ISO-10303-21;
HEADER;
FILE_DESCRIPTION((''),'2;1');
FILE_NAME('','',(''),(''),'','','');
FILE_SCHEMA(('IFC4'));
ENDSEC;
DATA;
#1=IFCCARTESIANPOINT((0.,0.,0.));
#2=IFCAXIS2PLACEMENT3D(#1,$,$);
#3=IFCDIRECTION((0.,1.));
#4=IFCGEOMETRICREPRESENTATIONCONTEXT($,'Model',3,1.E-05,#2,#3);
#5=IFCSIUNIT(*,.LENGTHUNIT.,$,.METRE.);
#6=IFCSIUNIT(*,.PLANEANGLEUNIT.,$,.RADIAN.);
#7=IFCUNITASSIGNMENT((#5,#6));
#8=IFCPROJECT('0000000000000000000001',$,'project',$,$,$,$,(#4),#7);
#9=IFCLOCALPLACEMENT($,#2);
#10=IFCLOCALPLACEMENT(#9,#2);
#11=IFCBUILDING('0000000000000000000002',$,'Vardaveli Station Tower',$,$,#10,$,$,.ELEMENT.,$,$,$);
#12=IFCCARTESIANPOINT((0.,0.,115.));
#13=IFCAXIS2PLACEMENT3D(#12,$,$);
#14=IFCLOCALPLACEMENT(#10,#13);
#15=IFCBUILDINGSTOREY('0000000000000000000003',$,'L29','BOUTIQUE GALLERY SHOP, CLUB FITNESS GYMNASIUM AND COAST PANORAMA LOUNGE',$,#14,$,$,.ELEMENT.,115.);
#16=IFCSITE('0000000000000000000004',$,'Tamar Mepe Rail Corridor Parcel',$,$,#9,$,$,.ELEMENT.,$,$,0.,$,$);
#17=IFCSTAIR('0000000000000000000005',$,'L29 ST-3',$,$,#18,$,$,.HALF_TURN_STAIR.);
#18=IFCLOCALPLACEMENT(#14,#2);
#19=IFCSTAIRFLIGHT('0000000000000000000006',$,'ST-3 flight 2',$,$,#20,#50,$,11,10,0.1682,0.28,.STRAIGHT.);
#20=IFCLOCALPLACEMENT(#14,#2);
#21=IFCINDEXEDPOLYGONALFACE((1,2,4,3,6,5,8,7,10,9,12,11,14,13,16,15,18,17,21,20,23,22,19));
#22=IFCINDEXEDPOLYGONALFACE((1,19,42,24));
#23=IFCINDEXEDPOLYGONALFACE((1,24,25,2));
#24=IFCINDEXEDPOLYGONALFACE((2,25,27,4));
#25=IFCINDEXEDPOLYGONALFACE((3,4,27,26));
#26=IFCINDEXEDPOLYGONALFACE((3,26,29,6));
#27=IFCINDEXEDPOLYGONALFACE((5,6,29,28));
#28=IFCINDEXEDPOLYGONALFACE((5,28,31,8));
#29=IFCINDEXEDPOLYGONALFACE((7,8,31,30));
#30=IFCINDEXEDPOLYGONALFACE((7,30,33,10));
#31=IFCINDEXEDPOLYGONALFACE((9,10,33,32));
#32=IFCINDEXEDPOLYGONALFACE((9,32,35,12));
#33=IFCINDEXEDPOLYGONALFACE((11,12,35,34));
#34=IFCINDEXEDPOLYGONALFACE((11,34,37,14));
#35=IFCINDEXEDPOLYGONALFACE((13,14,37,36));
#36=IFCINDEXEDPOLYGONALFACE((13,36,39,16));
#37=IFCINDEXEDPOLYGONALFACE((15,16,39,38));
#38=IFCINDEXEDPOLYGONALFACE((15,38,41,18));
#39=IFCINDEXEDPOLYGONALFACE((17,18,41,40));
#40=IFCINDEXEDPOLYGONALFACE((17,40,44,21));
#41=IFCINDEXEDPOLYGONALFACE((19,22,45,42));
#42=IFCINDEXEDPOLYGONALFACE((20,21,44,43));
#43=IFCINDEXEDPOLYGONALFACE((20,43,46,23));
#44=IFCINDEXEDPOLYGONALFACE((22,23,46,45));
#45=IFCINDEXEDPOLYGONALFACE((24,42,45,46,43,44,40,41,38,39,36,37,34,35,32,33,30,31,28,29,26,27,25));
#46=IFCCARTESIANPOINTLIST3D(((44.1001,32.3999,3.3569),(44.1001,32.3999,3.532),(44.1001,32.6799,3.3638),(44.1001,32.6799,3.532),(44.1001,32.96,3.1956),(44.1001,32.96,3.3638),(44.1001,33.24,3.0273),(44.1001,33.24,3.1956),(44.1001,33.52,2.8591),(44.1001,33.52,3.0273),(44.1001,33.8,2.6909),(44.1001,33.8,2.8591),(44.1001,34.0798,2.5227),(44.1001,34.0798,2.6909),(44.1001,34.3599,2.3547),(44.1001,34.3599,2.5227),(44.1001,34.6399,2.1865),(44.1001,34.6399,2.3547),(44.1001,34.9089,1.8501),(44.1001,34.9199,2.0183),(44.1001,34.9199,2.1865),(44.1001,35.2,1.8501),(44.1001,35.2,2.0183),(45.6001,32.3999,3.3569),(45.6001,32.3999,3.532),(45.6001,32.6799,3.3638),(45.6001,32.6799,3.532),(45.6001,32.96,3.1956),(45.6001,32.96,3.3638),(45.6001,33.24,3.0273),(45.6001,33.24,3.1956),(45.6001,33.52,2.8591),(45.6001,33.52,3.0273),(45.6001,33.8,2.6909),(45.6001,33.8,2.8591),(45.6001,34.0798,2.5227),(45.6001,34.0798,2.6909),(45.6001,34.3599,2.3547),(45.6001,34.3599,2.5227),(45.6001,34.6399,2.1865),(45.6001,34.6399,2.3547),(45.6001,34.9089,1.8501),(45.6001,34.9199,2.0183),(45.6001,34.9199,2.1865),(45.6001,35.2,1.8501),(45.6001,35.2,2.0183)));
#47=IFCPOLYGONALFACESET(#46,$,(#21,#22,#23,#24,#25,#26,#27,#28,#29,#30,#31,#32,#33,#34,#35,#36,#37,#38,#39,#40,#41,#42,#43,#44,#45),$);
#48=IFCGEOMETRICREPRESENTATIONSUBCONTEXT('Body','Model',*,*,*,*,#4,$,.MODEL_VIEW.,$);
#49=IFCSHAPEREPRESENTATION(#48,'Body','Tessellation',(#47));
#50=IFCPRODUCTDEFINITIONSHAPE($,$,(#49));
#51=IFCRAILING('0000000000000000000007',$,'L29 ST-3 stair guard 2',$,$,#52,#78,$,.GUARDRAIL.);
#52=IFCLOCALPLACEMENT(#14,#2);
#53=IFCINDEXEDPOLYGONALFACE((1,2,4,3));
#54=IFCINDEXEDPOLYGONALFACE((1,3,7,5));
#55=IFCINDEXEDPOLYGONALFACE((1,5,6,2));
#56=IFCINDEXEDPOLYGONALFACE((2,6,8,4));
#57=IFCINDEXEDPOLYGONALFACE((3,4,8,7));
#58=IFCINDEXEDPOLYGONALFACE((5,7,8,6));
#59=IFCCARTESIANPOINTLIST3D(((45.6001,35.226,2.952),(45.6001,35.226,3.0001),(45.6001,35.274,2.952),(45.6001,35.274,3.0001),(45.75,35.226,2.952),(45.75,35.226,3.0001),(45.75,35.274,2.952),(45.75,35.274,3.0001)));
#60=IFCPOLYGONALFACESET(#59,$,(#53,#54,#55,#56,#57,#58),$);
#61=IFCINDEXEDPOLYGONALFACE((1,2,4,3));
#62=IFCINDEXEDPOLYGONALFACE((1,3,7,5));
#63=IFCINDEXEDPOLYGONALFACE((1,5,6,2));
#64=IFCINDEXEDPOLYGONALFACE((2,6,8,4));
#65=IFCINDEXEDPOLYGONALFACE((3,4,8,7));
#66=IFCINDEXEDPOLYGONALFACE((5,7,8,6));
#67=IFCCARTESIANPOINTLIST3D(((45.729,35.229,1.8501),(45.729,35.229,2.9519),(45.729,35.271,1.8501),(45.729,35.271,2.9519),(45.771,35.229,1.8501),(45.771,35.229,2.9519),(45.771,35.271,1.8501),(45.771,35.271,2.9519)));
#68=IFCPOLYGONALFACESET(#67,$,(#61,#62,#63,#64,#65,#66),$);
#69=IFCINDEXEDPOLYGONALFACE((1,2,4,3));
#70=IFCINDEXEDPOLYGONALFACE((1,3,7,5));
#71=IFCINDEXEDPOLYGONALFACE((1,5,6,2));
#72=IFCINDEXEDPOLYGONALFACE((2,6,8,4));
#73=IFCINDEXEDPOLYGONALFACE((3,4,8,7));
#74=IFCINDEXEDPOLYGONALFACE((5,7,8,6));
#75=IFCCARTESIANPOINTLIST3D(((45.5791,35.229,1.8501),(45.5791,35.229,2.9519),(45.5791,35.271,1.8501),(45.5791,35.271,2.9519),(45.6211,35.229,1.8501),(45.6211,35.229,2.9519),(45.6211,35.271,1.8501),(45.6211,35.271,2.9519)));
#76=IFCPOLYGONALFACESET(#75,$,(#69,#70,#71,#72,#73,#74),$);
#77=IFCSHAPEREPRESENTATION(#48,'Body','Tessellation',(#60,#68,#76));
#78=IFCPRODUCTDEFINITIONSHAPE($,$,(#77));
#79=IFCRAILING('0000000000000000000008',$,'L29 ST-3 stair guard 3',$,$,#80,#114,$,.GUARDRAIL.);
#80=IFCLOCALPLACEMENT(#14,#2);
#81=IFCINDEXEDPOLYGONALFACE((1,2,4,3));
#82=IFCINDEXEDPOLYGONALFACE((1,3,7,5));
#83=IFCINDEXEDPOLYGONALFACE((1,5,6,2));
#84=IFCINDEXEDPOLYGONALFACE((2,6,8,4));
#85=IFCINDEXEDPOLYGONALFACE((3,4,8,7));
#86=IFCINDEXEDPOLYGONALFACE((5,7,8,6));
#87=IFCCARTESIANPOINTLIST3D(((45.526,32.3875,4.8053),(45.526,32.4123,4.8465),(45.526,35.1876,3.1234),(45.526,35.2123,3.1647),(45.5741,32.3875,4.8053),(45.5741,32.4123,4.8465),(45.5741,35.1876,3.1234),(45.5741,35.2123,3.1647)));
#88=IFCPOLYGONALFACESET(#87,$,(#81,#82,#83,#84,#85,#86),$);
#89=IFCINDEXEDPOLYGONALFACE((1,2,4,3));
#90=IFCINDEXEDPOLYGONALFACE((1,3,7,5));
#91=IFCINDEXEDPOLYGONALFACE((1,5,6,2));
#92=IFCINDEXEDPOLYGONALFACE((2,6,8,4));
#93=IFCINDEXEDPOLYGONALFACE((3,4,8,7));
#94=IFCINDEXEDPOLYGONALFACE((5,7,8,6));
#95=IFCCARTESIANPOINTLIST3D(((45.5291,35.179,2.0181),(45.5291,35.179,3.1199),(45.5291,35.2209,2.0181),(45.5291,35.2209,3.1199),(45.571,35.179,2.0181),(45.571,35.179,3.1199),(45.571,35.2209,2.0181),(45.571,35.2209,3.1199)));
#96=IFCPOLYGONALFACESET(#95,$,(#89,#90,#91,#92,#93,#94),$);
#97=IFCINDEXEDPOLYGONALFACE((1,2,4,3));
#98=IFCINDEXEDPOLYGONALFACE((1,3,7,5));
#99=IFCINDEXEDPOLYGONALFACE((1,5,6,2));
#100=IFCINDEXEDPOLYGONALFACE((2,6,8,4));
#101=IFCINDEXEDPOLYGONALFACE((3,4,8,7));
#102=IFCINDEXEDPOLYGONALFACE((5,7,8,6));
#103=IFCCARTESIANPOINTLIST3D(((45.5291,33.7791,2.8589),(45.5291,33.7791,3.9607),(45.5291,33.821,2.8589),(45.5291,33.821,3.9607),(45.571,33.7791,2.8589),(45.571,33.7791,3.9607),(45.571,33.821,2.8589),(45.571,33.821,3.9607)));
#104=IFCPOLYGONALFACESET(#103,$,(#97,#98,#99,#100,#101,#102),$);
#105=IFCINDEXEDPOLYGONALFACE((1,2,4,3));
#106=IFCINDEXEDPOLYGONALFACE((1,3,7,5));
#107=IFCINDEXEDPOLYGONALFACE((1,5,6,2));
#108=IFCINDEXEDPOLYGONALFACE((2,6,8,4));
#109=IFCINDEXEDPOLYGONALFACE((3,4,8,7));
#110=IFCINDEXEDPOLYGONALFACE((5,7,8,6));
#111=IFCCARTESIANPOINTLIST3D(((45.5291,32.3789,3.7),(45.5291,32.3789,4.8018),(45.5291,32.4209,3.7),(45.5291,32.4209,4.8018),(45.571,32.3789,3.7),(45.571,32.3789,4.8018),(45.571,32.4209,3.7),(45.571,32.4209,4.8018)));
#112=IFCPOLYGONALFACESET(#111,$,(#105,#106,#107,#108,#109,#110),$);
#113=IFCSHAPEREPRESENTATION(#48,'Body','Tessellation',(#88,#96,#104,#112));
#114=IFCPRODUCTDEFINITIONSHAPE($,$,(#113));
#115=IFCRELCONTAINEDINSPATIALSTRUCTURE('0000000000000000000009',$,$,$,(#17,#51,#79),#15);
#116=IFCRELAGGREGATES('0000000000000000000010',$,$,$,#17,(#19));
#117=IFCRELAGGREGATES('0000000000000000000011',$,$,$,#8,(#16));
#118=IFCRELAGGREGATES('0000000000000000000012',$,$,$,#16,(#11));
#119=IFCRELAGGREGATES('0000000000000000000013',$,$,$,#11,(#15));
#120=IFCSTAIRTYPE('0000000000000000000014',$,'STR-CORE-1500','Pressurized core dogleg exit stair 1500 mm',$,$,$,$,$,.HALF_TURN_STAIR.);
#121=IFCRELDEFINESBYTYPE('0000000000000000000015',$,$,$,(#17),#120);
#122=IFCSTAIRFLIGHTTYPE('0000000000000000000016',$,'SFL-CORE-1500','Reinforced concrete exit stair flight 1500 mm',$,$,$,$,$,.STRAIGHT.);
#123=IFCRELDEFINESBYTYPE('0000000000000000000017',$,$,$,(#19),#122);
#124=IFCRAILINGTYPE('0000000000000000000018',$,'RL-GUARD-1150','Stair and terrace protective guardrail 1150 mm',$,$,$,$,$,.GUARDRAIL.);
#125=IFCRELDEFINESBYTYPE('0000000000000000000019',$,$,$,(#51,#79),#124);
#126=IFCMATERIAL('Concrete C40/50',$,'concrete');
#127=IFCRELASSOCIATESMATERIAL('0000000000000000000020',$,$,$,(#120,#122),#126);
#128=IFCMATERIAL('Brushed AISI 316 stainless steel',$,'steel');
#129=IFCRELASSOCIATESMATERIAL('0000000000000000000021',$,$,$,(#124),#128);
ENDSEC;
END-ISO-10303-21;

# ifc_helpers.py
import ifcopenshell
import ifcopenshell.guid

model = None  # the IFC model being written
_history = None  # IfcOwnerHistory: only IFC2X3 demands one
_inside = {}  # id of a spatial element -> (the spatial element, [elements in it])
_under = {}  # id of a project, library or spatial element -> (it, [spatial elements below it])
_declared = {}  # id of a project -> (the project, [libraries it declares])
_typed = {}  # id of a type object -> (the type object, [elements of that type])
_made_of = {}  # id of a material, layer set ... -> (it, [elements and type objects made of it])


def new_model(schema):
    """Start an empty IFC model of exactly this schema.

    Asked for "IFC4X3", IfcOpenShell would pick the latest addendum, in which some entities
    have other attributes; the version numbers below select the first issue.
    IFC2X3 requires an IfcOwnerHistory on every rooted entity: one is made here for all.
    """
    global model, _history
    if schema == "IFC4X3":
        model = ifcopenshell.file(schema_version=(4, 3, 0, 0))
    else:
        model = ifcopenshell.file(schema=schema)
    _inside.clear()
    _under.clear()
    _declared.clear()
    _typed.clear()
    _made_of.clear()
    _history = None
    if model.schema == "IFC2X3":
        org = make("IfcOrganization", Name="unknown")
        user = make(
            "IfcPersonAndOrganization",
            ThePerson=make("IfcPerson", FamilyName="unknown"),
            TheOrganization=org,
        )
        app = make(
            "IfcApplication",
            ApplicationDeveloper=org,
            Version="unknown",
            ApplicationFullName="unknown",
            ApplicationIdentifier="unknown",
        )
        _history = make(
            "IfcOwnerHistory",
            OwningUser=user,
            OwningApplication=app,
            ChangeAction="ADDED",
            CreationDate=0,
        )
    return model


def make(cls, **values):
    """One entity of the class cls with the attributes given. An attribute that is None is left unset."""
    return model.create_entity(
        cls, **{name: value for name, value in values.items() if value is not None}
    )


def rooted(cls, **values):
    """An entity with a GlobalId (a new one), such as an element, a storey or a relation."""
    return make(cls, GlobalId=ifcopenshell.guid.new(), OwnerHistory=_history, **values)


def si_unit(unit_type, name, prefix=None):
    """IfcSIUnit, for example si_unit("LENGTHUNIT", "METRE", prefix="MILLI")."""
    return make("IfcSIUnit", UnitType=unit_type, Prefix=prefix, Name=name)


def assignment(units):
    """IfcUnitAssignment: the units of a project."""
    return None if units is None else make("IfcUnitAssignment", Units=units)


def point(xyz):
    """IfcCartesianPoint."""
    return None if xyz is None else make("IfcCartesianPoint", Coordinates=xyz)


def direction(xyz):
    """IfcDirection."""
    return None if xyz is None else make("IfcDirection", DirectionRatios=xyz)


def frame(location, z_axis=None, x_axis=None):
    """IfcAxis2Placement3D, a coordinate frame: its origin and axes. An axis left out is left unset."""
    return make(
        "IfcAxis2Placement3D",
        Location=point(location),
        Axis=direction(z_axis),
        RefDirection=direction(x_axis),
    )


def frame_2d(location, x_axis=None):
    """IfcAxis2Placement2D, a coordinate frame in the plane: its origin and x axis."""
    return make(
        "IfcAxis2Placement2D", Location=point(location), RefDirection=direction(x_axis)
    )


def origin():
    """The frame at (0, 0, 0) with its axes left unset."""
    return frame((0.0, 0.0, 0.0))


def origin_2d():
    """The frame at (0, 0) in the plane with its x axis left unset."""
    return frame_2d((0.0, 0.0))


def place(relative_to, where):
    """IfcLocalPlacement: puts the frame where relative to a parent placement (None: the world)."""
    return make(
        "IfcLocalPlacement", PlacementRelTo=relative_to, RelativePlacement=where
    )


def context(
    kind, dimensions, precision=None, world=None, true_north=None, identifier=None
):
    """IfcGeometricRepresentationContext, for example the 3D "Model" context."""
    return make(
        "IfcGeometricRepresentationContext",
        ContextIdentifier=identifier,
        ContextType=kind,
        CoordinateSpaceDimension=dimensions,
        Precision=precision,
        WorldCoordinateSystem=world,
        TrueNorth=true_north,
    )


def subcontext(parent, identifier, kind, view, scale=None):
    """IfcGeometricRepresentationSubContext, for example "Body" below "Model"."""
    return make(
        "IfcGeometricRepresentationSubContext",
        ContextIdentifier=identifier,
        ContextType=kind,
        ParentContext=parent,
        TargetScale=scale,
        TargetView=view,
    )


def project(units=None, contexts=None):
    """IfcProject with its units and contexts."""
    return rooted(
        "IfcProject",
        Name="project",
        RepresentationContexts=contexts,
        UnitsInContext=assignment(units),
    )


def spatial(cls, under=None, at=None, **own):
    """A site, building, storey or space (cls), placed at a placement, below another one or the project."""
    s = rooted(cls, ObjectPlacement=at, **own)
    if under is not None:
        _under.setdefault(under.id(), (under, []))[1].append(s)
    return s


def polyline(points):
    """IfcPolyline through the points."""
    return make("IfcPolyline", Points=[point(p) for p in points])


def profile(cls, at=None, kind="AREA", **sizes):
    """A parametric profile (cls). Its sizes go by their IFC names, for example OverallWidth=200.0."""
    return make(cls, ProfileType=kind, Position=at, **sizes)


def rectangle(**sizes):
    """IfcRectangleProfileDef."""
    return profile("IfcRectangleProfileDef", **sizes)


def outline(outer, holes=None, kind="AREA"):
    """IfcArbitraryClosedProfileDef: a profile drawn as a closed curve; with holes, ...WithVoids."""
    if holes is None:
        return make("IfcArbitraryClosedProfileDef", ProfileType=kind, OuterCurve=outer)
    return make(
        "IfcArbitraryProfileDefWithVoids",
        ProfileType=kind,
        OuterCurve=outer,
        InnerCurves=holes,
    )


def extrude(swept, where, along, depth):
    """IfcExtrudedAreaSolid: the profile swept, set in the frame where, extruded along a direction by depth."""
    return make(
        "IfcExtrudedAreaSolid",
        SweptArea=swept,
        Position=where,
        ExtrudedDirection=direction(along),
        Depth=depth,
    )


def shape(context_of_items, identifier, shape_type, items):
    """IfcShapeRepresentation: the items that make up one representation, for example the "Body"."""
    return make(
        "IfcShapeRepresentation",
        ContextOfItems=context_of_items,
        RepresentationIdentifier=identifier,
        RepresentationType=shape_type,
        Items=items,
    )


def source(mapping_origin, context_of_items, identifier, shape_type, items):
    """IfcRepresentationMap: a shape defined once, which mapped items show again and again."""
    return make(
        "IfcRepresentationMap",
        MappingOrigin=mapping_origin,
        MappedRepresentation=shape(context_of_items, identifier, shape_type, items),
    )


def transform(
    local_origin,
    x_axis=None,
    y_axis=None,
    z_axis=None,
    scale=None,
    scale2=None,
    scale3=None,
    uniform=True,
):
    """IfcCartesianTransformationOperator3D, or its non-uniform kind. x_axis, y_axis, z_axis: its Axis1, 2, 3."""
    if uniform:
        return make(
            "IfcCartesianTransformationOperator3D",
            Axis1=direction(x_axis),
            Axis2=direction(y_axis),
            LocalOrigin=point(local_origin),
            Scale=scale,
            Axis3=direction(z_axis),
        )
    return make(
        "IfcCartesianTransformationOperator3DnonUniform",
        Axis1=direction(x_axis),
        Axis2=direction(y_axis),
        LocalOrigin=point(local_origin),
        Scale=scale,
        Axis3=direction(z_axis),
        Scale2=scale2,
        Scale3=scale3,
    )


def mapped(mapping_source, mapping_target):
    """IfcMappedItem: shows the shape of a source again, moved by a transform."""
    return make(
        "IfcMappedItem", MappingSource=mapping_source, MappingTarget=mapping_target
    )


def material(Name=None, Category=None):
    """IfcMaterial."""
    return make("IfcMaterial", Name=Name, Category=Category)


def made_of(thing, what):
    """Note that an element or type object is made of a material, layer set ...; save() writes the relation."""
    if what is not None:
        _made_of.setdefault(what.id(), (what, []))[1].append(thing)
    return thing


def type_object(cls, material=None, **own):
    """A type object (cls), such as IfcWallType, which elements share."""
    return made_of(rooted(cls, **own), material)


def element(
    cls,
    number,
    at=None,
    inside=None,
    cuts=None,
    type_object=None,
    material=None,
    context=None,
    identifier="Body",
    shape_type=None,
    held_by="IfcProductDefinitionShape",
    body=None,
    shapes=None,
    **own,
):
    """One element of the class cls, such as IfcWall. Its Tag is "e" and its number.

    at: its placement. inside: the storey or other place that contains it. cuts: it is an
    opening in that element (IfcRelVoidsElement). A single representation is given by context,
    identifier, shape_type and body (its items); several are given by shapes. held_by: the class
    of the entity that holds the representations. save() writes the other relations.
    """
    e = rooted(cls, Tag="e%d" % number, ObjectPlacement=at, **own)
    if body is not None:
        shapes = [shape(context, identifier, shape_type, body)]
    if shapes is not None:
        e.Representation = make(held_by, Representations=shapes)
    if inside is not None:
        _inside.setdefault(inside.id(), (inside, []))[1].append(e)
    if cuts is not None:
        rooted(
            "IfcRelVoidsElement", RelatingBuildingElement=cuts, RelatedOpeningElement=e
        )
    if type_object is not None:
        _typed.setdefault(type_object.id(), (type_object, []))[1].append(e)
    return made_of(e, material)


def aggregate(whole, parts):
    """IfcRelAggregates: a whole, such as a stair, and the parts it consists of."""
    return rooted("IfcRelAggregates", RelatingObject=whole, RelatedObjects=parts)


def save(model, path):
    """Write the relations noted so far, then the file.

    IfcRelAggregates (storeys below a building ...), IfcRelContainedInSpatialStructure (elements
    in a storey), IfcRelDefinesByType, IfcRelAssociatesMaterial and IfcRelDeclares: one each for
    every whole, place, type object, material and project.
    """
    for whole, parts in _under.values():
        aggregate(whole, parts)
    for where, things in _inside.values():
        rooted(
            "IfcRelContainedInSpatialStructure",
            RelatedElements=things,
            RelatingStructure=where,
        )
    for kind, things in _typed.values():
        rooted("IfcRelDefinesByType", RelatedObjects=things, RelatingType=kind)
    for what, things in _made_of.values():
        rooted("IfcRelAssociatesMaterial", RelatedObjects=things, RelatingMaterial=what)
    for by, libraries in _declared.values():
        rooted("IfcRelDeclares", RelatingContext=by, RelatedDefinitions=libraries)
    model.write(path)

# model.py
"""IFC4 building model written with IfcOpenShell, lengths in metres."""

from ifc_helpers import new_model, si_unit, direction, frame, origin, origin_2d, place, context, subcontext, project, spatial, polyline, rectangle, outline, extrude, source, transform, mapped, material, type_object, element, aggregate, save


model = new_model("IFC4")

# Units and contexts
model_context = context("Model", 3, precision=1e-05, world=origin(), true_north=direction((0.0, 1.0)))
body_context = subcontext(model_context, "Body", "Model", "MODEL_VIEW")
ifc_project = project(units=[si_unit("LENGTHUNIT", "METRE"), si_unit("PLANEANGLEUNIT", "RADIAN")], contexts=[model_context])

# Site, building, storey
site_placement = place(None, origin())
site = spatial("IfcSite", under=ifc_project, at=site_placement, Name="Tamar Mepe Rail Corridor Parcel", CompositionType="ELEMENT", RefElevation=0.0)
building_placement = place(site_placement, origin())
building = spatial("IfcBuilding", under=site, at=building_placement, Name="Vardaveli Station Tower", CompositionType="ELEMENT")
storey_placement = place(building_placement, frame((0.0, 0.0, 115.0)))
storey = spatial("IfcBuildingStorey", under=building, at=storey_placement, Name="L29", Description="BOUTIQUE GALLERY SHOP, CLUB FITNESS GYMNASIUM AND COAST PANORAMA LOUNGE", CompositionType="ELEMENT", Elevation=115.0)

# Shared definitions
ifc_material_1 = material(Name="Concrete C40/50", Category="concrete")

# Stair, stair flight
stair_type = type_object("IfcStairType", Name="STR-CORE-1500", Description="Pressurized core dogleg exit stair 1500 mm", PredefinedType="HALF_TURN_STAIR", material=ifc_material_1)
stair_placement = place(storey_placement, origin())
stair = element("IfcStair", 1, at=stair_placement, inside=storey, type_object=stair_type, Name="L29 ST-3", PredefinedType="HALF_TURN_STAIR")
stair_flight_type = type_object("IfcStairFlightType", Name="SFL-CORE-1500", Description="Reinforced concrete exit stair flight 1500 mm", PredefinedType="STRAIGHT", material=ifc_material_1)
shared_shape_1 = source(origin(), body_context, "Body", "SweptSolid", [
    extrude(outline(polyline([(0.0, 0.0), (0.0, 0.1682), (0.28, 0.1682), (0.28, 0.3364), (0.5601, 0.3364), (0.5601, 0.5046), (0.8401, 0.5046), (0.8401, 0.6726), (1.1201, 0.6726), (1.1201, 0.8408), (1.3999, 0.8408), (1.3999, 1.009), (1.6799, 1.009), (1.6799, 1.1772), (1.96, 1.1772), (1.96, 1.3455), (2.24, 1.3455), (2.24, 1.5137), (2.52, 1.5137), (2.52, 1.6819), (2.8, 1.6819), (2.8, 1.8501), (2.8, 1.5068), (0.291, 0.0), (0.0, 0.0)])), frame((0.0, 0.75, 0.0), z_axis=(0.0, -1.0, 0.0), x_axis=(1.0, 0.0, 0.0)), (0.0, 0.0, 1.0), 1.5),
])
stair_flight_placement = place(storey_placement, frame((44.8501, 35.2, 1.8501), z_axis=(0.0, 0.0, 1.0), x_axis=(0.0, -1.0, 0.0)))
stair_flight = element("IfcStairFlight", 2, at=stair_flight_placement, type_object=stair_flight_type, Name="ST-3 flight 2", NumberOfRisers=11, NumberOfTreads=10, PredefinedType="STRAIGHT", RiserHeight=0.1682, TreadLength=0.28, context=body_context, shape_type="MappedRepresentation", body=[
    mapped(shared_shape_1, transform((0.0, 0.0, 0.0), scale=1.0)),
])
aggregate(stair, [stair_flight])

# Railings
ifc_material_2 = material(Name="Brushed AISI 316 stainless steel", Category="steel")
railing_type = type_object("IfcRailingType", Name="RL-GUARD-1150", Description="Stair and terrace protective guardrail 1150 mm", PredefinedType="GUARDRAIL", material=ifc_material_2)
shared_shape_2 = source(origin(), body_context, "Body", "SweptSolid", [
    extrude(rectangle(XDim=0.0481, YDim=0.0481, at=origin_2d()), frame((0.0, 0.0, 1.126), z_axis=(-1.0, 0.0, 0.0), x_axis=(0.0, -1.0, 0.0)), (0.0, 0.0, 1.0), 0.1499),
    extrude(rectangle(XDim=0.042, YDim=0.042, at=origin_2d()), origin(), (0.0, 0.0, 1.0), 1.1018),
    extrude(rectangle(XDim=0.042, YDim=0.042, at=origin_2d()), frame((-0.1499, 0.0, 0.0)), (0.0, 0.0, 1.0), 1.1018),
])
railing_1_placement = place(storey_placement, frame((45.75, 35.25, 1.8501)))
element("IfcRailing", 3, at=railing_1_placement, inside=storey, type_object=railing_type, Name="L29 ST-3 stair guard 2", PredefinedType="GUARDRAIL", context=body_context, shape_type="MappedRepresentation", body=[
    mapped(shared_shape_2, transform((0.0, 0.0, 0.0), scale=1.0)),
])
shared_shape_3 = source(origin(), body_context, "Body", "SweptSolid", [
    extrude(rectangle(XDim=0.0481, YDim=0.0481, at=origin_2d()), frame((0.0, 0.0, 1.126), z_axis=(0.0, -0.857242, 0.514913), x_axis=(1.0, 0.0, 0.0)), (0.0, 0.0, 1.0), 3.2664),
    extrude(rectangle(XDim=0.042, YDim=0.042, at=origin_2d()), origin(), (0.0, 0.0, 1.0), 1.1018),
    extrude(rectangle(XDim=0.042, YDim=0.042, at=origin_2d()), frame((0.0, -1.3999, 0.8408)), (0.0, 0.0, 1.0), 1.1018),
    extrude(rectangle(XDim=0.042, YDim=0.042, at=origin_2d()), frame((0.0, -2.8, 1.6819)), (0.0, 0.0, 1.0), 1.1018),
])
railing_2_placement = place(storey_placement, frame((45.55, 35.2, 2.0181)))
element("IfcRailing", 4, at=railing_2_placement, inside=storey, type_object=railing_type, Name="L29 ST-3 stair guard 3", PredefinedType="GUARDRAIL", context=body_context, shape_type="MappedRepresentation", body=[
    mapped(shared_shape_3, transform((0.0, 0.0, 0.0), scale=1.0)),
])

save(model, "model.ifc")
